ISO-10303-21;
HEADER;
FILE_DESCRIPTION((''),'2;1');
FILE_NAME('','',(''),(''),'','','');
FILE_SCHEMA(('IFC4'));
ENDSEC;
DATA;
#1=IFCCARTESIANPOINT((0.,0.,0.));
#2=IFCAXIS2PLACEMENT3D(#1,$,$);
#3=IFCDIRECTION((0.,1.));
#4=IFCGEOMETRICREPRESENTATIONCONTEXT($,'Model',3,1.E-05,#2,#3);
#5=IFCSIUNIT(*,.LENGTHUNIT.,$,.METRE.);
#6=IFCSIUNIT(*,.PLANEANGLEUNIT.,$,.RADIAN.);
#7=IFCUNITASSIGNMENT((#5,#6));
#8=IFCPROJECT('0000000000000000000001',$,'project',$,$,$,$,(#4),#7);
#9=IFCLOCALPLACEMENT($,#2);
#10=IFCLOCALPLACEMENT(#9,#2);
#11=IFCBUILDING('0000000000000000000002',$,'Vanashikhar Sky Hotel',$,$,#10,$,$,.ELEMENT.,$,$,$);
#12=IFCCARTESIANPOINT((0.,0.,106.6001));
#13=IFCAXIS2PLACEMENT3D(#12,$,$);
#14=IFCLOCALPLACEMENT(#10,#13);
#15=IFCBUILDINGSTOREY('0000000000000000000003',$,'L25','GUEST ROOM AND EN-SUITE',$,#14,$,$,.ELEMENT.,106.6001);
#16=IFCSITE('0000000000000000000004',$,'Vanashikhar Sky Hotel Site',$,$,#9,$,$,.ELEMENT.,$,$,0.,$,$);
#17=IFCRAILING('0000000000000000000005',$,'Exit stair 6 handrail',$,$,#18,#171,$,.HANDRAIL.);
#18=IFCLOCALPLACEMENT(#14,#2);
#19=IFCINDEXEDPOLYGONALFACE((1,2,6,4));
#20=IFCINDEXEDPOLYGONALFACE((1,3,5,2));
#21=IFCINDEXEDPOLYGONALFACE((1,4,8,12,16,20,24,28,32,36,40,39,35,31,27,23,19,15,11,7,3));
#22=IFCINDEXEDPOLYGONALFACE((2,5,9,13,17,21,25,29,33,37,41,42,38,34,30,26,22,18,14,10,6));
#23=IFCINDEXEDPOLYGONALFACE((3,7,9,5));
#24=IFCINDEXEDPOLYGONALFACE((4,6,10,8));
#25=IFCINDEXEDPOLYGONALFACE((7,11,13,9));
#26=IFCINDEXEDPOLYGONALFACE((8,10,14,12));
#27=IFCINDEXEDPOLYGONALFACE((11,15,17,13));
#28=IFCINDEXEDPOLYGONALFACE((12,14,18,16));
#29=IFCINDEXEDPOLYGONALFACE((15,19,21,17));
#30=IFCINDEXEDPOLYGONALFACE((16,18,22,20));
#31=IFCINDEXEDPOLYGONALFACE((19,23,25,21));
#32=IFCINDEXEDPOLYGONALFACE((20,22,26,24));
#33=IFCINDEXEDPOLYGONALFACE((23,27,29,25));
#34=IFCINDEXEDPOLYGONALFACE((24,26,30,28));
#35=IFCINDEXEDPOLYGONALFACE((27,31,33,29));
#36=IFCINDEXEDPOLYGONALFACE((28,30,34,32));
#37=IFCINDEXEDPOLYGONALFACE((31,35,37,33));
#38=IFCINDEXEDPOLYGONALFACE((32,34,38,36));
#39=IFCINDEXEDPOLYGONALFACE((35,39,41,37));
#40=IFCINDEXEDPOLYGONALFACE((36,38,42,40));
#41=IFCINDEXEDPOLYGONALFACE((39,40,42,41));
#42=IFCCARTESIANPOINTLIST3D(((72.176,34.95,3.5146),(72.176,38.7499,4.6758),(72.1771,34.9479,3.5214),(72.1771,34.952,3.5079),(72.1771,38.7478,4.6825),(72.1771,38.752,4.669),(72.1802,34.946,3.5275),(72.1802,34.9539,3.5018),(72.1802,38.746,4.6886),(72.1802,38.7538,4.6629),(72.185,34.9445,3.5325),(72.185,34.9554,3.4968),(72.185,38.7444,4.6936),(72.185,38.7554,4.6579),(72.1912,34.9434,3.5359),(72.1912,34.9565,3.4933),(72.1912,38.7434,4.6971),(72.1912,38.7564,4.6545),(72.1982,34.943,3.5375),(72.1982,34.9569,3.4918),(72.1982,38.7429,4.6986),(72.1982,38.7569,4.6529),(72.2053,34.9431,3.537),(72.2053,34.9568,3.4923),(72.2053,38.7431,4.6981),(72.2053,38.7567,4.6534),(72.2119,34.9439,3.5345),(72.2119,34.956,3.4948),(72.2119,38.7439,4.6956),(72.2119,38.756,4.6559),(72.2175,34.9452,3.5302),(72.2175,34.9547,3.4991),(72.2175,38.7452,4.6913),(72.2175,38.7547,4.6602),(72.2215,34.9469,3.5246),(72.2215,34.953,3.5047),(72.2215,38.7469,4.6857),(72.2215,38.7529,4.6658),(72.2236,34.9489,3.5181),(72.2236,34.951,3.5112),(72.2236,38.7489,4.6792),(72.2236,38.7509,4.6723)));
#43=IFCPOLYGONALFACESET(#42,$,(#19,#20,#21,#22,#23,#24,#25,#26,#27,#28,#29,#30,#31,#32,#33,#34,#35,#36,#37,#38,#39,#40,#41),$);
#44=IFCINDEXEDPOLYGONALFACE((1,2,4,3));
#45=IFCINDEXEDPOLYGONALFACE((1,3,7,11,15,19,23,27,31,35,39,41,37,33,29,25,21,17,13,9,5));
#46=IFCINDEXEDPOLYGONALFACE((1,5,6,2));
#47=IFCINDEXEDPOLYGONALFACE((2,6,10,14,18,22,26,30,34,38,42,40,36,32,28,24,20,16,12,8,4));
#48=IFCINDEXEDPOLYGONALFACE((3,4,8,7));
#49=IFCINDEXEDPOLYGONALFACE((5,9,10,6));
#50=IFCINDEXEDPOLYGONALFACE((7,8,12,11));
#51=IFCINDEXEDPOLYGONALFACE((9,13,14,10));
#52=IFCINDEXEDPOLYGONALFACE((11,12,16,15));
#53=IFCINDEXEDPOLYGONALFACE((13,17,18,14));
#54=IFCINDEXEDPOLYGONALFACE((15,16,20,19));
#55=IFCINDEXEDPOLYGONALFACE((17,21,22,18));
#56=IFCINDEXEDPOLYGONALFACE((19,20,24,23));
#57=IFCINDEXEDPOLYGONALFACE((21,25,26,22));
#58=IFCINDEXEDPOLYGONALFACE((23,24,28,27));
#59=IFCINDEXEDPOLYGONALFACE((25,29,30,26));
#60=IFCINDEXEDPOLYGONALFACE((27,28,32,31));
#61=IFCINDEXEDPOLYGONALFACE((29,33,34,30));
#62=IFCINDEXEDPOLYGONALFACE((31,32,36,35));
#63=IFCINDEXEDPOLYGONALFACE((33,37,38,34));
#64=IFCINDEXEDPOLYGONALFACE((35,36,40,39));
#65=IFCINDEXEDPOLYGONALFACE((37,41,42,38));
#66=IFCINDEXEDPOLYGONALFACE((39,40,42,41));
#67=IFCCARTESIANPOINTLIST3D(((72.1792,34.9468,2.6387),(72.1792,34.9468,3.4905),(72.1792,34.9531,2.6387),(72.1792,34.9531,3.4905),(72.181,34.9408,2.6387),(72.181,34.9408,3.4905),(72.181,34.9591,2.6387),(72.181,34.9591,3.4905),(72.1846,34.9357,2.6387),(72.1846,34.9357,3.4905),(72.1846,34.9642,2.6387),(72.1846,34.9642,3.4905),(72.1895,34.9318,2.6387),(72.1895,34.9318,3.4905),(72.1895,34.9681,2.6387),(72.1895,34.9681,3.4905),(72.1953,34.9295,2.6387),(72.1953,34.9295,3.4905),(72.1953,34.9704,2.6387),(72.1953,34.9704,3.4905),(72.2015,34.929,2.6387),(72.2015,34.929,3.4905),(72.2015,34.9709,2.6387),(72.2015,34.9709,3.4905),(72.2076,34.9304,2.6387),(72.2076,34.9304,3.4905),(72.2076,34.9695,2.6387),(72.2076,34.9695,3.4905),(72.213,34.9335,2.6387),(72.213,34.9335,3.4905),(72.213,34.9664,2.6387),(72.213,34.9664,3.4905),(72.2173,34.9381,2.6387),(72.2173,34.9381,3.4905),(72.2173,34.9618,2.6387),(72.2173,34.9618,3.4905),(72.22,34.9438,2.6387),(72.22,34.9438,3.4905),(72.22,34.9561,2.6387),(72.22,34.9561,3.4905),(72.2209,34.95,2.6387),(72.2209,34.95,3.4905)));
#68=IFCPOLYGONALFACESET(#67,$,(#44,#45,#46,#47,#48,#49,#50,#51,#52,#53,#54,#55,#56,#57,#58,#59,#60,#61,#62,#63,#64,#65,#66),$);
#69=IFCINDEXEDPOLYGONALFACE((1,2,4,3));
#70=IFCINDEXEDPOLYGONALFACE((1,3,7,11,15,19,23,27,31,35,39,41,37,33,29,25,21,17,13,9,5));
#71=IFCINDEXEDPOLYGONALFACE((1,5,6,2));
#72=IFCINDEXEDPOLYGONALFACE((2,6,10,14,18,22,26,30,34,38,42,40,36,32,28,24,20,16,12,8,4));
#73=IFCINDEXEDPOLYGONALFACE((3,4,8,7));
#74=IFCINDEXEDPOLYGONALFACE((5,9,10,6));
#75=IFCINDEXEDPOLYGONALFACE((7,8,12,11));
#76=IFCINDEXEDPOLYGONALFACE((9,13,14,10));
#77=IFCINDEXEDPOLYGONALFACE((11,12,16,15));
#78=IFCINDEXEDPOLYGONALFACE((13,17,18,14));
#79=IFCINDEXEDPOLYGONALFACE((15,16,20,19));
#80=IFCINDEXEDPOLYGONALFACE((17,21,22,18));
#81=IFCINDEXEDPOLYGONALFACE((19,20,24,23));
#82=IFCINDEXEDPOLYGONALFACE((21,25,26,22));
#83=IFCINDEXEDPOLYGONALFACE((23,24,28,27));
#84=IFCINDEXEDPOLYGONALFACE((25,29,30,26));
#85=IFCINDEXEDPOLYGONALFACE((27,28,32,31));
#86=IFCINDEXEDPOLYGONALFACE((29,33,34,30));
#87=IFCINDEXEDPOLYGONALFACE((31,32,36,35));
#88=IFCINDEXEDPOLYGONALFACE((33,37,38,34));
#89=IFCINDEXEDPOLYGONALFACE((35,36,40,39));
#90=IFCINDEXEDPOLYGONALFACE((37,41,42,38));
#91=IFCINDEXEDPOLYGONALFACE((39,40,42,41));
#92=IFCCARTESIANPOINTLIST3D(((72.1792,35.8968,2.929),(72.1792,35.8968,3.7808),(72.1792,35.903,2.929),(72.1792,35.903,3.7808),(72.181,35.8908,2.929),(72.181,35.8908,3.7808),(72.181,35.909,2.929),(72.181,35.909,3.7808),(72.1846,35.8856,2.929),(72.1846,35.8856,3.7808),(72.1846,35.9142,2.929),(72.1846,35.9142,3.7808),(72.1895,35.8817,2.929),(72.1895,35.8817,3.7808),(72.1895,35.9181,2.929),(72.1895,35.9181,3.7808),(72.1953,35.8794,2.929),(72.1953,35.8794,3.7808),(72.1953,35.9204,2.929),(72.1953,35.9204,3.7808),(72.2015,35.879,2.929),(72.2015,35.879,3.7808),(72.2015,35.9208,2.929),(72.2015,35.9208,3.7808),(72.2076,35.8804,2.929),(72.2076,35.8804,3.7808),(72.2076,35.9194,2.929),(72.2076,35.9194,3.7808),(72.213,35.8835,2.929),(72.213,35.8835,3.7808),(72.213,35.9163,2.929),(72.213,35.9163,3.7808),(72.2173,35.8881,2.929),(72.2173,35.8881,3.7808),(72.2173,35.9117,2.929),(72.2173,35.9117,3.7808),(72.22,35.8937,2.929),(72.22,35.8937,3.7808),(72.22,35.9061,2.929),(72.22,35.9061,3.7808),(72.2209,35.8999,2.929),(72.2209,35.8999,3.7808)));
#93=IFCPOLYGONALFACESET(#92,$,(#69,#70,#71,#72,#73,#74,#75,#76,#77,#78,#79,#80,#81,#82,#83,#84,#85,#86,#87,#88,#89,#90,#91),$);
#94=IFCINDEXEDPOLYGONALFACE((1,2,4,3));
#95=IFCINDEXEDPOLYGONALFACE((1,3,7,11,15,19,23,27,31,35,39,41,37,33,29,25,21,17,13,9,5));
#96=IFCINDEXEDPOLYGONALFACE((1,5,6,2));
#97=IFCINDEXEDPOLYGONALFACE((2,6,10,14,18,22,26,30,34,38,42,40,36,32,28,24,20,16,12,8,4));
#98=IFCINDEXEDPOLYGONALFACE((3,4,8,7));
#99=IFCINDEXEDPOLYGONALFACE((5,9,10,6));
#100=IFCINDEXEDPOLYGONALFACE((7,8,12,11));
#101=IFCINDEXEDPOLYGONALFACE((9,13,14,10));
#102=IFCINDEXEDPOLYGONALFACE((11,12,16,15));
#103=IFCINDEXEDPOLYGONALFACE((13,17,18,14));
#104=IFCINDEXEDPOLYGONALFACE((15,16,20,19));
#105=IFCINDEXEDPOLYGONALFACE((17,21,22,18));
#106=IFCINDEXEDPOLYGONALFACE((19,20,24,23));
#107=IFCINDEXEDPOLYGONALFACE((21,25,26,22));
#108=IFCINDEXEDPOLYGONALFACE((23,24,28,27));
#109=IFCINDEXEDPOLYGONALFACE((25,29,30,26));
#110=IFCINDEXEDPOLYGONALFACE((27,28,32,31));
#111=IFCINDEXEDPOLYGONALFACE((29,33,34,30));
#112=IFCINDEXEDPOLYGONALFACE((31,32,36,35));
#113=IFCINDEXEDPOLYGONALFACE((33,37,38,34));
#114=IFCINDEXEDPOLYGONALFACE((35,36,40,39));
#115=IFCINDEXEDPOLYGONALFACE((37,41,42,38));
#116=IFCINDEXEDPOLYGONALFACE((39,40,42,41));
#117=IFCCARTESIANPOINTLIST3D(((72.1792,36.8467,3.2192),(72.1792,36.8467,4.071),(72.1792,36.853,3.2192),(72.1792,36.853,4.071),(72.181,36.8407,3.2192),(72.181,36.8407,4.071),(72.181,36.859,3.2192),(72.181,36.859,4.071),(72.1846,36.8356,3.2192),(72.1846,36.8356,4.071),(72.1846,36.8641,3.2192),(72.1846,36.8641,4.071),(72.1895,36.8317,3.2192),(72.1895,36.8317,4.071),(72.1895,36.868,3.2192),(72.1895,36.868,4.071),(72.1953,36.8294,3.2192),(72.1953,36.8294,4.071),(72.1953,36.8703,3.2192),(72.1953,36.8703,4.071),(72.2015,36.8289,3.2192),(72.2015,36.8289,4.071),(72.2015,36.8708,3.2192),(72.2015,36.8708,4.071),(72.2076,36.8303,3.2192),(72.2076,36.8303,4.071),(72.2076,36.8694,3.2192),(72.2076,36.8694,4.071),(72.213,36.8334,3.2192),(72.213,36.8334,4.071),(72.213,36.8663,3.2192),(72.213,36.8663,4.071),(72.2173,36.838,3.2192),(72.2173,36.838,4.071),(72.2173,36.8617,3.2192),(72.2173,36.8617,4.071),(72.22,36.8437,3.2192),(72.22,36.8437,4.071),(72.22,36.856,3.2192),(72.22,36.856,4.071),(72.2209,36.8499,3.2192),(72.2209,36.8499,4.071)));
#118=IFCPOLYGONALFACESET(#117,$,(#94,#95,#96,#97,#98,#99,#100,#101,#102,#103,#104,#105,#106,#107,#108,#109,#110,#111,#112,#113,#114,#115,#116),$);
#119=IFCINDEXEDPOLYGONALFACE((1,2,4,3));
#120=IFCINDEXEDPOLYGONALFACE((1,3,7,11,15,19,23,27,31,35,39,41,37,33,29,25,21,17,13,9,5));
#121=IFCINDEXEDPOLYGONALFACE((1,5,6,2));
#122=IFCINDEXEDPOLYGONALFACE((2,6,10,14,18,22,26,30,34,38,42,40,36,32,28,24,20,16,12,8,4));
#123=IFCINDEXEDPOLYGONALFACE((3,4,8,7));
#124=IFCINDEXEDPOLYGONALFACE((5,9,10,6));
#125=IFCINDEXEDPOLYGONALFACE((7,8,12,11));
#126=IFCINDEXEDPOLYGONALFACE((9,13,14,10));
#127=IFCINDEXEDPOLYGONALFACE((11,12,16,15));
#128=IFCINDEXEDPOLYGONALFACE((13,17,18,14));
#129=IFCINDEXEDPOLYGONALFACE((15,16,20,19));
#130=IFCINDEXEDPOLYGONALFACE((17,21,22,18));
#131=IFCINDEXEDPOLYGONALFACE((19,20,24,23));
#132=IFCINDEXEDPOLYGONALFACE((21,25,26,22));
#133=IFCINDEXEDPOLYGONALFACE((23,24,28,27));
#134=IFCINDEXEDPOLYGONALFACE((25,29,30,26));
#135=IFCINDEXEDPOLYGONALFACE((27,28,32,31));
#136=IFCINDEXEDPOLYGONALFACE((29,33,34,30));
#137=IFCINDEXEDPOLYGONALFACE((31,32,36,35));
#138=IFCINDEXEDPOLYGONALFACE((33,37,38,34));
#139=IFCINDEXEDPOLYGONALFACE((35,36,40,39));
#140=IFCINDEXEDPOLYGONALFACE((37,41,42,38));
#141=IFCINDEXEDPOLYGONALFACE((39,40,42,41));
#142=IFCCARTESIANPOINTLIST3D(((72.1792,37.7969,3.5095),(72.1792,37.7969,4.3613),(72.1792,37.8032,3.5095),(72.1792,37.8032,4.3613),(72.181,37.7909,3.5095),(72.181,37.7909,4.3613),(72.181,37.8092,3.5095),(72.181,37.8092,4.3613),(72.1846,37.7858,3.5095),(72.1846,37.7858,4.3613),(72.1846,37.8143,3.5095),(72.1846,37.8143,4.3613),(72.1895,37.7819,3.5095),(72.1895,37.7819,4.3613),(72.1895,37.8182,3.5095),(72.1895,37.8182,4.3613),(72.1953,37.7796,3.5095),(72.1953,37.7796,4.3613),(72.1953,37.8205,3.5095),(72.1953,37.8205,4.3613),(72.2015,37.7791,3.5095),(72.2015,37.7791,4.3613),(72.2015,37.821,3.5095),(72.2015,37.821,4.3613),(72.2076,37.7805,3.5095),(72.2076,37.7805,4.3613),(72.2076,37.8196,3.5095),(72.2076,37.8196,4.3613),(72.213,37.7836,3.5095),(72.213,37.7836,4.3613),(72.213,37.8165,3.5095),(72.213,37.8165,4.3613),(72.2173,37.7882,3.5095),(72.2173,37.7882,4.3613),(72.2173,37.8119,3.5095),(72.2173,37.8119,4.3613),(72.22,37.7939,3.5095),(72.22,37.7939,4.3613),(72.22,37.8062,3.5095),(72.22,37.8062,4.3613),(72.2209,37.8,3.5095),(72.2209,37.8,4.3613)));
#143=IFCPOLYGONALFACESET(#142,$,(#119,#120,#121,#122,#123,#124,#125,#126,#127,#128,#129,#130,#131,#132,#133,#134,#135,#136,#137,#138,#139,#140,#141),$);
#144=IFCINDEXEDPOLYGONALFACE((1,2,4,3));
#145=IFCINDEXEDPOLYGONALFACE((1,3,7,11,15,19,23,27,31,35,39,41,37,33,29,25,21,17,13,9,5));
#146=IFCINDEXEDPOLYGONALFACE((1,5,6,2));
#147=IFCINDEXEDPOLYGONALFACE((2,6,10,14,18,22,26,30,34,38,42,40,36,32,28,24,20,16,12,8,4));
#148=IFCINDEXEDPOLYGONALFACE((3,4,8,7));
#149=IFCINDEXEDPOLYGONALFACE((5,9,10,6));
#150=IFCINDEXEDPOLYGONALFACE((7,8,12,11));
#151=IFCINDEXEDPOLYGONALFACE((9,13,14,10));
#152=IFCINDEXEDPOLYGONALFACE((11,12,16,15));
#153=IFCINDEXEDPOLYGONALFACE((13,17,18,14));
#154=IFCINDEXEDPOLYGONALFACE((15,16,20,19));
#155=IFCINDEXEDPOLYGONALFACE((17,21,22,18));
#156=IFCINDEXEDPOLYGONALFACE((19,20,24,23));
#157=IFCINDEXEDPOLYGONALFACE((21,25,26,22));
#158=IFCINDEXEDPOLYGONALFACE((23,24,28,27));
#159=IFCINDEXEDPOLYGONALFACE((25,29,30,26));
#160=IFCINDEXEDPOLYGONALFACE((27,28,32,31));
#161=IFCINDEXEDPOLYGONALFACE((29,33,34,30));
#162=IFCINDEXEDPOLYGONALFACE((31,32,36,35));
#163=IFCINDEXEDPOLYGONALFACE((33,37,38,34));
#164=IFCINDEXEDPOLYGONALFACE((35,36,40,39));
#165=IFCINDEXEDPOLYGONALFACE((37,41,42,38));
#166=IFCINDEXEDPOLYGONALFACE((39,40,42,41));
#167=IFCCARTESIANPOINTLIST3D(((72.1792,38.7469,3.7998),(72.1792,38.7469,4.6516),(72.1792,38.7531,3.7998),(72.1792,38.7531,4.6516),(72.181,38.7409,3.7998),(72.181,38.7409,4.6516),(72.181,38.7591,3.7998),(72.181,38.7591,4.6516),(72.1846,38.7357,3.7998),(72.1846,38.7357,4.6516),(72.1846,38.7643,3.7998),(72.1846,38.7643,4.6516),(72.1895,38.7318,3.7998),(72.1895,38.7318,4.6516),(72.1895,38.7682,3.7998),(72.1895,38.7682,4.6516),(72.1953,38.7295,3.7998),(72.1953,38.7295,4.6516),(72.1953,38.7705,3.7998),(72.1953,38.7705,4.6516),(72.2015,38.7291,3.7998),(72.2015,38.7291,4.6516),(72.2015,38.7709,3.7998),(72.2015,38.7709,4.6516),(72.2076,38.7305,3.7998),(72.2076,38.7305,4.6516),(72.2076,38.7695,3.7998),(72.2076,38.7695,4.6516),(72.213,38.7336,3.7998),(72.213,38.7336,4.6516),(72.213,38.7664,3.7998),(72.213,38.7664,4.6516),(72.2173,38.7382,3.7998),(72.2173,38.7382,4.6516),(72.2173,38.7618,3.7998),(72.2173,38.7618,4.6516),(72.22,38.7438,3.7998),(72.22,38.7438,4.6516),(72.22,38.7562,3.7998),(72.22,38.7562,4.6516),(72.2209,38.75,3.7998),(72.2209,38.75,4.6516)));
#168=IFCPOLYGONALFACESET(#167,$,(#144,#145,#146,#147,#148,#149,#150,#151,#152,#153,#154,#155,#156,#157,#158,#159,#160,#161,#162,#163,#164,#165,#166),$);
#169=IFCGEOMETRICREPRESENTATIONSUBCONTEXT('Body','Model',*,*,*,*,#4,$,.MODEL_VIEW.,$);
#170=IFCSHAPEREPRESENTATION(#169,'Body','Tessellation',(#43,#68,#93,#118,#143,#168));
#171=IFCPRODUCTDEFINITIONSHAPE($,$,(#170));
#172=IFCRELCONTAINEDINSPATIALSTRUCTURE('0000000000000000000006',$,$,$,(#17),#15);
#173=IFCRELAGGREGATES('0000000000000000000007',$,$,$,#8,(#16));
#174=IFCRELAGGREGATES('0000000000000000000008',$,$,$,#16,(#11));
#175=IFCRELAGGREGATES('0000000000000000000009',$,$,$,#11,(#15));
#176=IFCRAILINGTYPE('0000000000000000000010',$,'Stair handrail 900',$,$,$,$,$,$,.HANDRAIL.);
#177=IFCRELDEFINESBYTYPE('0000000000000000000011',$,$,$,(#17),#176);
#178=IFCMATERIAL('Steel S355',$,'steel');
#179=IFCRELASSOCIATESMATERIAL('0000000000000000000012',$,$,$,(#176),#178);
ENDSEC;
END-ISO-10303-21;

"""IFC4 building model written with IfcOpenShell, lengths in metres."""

from ifc_helpers import new_model, si_unit, direction, frame, origin, origin_2d, place, context, subcontext, project, spatial, circle, extrude, source, transform, mapped, material, type_object, element, save


model = new_model("IFC4")

# Units and contexts
model_context = context("Model", 3, precision=1e-05, world=origin(), true_north=direction((0.0, 1.0)))
body_context = subcontext(model_context, "Body", "Model", "MODEL_VIEW")
ifc_project = project(units=[si_unit("LENGTHUNIT", "METRE"), si_unit("PLANEANGLEUNIT", "RADIAN")], contexts=[model_context])

# Site, building, storey
site_placement = place(None, origin())
site = spatial("IfcSite", under=ifc_project, at=site_placement, Name="Vanashikhar Sky Hotel Site", CompositionType="ELEMENT", RefElevation=0.0)
building_placement = place(site_placement, origin())
building = spatial("IfcBuilding", under=site, at=building_placement, Name="Vanashikhar Sky Hotel", CompositionType="ELEMENT")
storey_placement = place(building_placement, frame((0.0, 0.0, 106.6001)))
storey = spatial("IfcBuildingStorey", under=building, at=storey_placement, Name="L25", Description="GUEST ROOM AND EN-SUITE", CompositionType="ELEMENT", Elevation=106.6001)

# Railing
ifc_material_1 = material(Name="Steel S355", Category="steel")
railing_type_1 = type_object("IfcRailingType", Name="Stair handrail 900", PredefinedType="HANDRAIL", material=ifc_material_1)
shared_shape_1 = source(origin(), body_context, "Body", "SweptSolid", [
    extrude(circle(Radius=0.0239, at=origin_2d()), frame((0.0, 0.0, 0.876), z_axis=(0.0, 0.956351, 0.29222), x_axis=(-1.0, 0.0, 0.0)), (0.0, 0.0, 1.0), 3.9734),
    extrude(circle(Radius=0.021, at=origin_2d()), origin(), (0.0, 0.0, 1.0), 0.8518),
    extrude(circle(Radius=0.021, at=origin_2d()), frame((0.0, 0.95, 0.2903)), (0.0, 0.0, 1.0), 0.8518),
    extrude(circle(Radius=0.021, at=origin_2d()), frame((0.0, 1.8999, 0.5806)), (0.0, 0.0, 1.0), 0.8518),
    extrude(circle(Radius=0.021, at=origin_2d()), frame((0.0, 2.8501, 0.8708)), (0.0, 0.0, 1.0), 0.8518),
    extrude(circle(Radius=0.021, at=origin_2d()), frame((0.0, 3.8, 1.1611)), (0.0, 0.0, 1.0), 0.8518),
])
for number, where, name in (
    (1, (72.2, 34.95, 2.6387), "Exit stair 6 handrail"),
):
    element("IfcRailing", number, at=place(storey_placement, frame(where)), inside=storey, type_object=railing_type_1, Name=name, PredefinedType="HANDRAIL", context=body_context, shape_type="MappedRepresentation", body=[
        mapped(shared_shape_1, transform((0.0, 0.0, 0.0), scale=1.0)),
    ])

save(model, "model.ifc")
